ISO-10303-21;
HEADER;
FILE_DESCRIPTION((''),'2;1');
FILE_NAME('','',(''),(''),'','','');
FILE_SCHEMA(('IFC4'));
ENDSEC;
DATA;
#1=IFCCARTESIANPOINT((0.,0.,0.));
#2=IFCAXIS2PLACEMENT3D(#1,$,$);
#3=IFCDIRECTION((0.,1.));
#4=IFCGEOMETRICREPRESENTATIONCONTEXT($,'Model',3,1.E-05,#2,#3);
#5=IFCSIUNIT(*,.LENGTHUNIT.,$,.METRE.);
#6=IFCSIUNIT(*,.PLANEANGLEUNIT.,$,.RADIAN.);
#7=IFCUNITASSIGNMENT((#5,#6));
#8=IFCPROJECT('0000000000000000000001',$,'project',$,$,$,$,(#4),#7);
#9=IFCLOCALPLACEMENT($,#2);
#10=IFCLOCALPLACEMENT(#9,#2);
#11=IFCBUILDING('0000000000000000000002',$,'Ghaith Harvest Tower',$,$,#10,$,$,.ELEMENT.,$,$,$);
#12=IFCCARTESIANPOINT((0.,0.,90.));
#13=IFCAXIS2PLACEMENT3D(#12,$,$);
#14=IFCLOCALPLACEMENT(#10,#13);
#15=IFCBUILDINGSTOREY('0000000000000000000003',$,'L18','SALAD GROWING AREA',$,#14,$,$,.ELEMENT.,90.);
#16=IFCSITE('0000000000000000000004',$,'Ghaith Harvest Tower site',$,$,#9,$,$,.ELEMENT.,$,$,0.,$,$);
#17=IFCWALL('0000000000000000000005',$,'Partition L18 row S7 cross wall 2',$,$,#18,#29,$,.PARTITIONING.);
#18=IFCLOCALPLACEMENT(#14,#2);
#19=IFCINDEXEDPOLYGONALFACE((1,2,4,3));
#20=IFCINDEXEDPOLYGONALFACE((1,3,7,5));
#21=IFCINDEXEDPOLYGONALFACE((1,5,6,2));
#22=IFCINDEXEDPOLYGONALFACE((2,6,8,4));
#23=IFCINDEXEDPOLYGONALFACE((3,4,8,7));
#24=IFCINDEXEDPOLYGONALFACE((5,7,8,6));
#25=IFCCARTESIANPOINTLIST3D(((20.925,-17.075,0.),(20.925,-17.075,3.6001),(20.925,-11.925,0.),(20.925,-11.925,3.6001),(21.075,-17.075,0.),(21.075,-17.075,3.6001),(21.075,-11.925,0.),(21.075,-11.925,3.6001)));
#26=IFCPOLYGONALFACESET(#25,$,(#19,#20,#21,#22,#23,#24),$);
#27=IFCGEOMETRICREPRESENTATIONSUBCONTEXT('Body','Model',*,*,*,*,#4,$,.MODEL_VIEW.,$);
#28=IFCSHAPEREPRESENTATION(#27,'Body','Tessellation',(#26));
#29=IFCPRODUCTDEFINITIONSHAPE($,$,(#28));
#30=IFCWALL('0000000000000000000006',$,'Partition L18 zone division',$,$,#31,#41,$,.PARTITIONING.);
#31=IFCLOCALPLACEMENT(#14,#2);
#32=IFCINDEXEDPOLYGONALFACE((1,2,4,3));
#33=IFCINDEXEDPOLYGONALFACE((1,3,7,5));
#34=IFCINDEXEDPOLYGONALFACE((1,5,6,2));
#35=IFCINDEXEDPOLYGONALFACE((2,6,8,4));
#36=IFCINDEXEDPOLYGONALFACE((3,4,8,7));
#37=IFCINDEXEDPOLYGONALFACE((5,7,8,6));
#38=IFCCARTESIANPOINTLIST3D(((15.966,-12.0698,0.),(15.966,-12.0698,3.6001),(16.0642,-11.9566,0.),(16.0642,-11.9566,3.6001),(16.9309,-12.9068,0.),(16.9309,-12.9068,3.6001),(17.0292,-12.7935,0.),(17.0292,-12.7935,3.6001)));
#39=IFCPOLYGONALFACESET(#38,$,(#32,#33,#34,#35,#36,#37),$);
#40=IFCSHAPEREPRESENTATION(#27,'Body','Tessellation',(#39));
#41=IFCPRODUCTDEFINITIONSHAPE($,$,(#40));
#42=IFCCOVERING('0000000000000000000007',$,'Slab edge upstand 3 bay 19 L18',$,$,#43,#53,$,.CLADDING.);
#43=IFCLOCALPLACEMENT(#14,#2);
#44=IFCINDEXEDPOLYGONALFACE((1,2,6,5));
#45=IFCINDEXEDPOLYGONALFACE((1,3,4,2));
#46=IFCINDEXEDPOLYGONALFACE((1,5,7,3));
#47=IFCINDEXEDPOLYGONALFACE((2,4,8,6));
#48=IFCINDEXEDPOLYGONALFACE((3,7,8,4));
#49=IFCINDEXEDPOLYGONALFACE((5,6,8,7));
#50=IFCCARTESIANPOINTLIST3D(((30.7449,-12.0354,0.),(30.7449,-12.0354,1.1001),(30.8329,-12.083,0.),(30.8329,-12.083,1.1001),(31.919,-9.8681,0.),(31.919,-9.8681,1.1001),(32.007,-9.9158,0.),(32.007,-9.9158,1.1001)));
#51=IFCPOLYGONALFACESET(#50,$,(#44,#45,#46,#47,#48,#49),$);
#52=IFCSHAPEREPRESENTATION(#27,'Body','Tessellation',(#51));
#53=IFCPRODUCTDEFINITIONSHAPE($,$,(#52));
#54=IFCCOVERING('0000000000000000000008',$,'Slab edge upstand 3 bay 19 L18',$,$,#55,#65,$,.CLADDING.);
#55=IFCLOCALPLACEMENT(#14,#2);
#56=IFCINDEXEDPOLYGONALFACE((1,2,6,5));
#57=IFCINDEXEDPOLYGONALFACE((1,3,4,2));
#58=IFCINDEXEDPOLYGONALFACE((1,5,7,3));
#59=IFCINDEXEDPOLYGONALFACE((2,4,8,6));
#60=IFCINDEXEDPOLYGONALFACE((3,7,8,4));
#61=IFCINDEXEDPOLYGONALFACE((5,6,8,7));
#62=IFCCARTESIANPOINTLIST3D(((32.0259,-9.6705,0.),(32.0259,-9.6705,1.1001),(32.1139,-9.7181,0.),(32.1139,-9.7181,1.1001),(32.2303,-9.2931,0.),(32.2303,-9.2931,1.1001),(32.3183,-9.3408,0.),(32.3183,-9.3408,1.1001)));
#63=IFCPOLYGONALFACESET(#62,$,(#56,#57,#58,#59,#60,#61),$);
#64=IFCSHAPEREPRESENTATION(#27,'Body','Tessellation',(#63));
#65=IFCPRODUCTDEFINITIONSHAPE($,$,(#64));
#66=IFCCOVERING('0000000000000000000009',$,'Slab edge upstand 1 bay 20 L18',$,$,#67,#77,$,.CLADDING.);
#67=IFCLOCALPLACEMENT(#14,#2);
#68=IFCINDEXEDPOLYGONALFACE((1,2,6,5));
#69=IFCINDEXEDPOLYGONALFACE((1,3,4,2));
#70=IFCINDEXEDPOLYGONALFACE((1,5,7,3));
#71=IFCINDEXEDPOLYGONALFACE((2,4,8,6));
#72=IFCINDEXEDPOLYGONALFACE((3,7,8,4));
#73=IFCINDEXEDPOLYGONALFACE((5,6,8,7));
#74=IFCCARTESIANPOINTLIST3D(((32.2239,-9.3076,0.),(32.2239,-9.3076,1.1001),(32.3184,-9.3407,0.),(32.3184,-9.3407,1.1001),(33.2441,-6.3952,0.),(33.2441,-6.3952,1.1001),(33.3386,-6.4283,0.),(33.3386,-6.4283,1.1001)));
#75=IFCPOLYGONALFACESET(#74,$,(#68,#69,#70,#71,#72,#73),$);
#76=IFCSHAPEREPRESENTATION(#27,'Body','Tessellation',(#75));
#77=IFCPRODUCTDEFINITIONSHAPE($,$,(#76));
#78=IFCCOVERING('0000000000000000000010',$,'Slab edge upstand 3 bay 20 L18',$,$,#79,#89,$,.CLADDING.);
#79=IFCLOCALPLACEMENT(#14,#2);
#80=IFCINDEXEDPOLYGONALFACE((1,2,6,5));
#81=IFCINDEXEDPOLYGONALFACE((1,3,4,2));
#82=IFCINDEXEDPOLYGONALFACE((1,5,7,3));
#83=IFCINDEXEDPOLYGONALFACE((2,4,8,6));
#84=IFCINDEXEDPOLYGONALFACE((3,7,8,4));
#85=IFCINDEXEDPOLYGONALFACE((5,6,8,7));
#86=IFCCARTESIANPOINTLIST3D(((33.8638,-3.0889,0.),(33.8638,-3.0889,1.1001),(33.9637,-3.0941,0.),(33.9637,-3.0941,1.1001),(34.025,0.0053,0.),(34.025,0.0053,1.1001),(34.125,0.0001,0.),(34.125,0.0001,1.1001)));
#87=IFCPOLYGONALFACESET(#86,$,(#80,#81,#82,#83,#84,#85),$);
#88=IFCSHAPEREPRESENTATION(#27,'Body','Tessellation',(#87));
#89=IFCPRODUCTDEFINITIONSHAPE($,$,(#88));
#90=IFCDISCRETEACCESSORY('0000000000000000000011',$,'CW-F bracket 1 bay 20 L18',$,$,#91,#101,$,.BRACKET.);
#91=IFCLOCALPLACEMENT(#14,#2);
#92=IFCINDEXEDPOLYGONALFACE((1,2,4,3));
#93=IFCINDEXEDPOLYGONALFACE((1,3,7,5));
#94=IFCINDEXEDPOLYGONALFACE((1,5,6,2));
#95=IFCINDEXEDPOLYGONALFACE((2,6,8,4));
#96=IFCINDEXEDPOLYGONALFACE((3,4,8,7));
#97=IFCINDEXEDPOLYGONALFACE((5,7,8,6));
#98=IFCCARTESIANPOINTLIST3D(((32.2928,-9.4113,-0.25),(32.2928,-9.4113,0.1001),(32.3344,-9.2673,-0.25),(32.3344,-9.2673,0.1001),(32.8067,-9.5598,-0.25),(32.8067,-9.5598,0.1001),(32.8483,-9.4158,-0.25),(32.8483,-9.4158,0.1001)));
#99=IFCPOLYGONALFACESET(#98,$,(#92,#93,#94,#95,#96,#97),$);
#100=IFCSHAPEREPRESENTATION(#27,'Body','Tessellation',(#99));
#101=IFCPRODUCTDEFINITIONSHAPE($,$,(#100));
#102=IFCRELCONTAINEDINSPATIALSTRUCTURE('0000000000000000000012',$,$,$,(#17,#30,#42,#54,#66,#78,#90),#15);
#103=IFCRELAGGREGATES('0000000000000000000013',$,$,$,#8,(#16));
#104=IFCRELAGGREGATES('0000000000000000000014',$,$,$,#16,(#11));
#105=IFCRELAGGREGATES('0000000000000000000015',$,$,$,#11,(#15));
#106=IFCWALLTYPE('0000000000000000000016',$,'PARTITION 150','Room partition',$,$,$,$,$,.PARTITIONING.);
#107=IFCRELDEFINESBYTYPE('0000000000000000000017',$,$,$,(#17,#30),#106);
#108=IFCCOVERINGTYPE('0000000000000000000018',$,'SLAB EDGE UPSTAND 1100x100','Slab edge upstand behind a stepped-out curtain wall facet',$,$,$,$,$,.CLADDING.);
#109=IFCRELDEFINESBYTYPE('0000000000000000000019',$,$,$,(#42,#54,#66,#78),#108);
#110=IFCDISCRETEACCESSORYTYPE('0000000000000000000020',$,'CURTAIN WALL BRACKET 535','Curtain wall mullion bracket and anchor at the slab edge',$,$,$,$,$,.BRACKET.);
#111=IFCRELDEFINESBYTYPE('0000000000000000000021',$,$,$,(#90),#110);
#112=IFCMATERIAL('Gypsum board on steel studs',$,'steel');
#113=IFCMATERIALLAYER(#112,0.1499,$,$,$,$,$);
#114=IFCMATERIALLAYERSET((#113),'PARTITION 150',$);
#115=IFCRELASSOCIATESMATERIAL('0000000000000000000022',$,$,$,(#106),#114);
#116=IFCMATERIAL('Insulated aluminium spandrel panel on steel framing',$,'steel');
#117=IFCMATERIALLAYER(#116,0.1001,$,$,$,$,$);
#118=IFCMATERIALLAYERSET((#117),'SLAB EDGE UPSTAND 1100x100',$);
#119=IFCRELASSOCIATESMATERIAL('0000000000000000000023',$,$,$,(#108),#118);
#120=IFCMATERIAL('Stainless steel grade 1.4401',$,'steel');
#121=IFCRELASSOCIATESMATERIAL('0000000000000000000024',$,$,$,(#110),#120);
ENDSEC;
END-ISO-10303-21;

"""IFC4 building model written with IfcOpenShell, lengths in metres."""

from ifc_helpers import new_model, si_unit, direction, frame, frame_2d, origin, origin_2d, place, context, subcontext, project, spatial, rectangle, extrude, material, layer, layer_set, type_object, element, save


model = new_model("IFC4")

# Units and contexts
model_context = context("Model", 3, precision=1e-05, world=origin(), true_north=direction((0.0, 1.0)))
body_context = subcontext(model_context, "Body", "Model", "MODEL_VIEW")
ifc_project = project(units=[si_unit("LENGTHUNIT", "METRE"), si_unit("PLANEANGLEUNIT", "RADIAN")], contexts=[model_context])

# Site, building, storey
site_placement = place(None, origin())
site = spatial("IfcSite", under=ifc_project, at=site_placement, Name="Ghaith Harvest Tower site", CompositionType="ELEMENT", RefElevation=0.0)
building_placement = place(site_placement, origin())
building = spatial("IfcBuilding", under=site, at=building_placement, Name="Ghaith Harvest Tower", CompositionType="ELEMENT")
storey_placement = place(building_placement, frame((0.0, 0.0, 90.0)))
storey = spatial("IfcBuildingStorey", under=building, at=storey_placement, Name="L18", Description="SALAD GROWING AREA", CompositionType="ELEMENT", Elevation=90.0)

# Shared definitions
ifc_material_1 = material(Name="Gypsum board on steel studs", Category="steel")
ifc_layer_1 = layer(ifc_material_1, 0.1499)
ifc_layer_set_1 = layer_set([ifc_layer_1], Name="PARTITION 150")
wall_type = type_object("IfcWallType", Name="PARTITION 150", Description="Room partition", PredefinedType="PARTITIONING", material=ifc_layer_set_1)

# Wall
for number, where, z_axis, x_axis, name in (
    (1, (21.0, -11.925, 0.0), (0.0, 0.0, 1.0), (0.0, -1.0, 0.0), "Partition L18 row S7 cross wall 2"),
):
    element("IfcWall", number, at=place(storey_placement, frame(where, z_axis=z_axis, x_axis=x_axis)), inside=storey, type_object=wall_type, Name=name, PredefinedType="PARTITIONING", context=body_context, shape_type="SweptSolid", body=[
        extrude(rectangle(XDim=5.1499, YDim=0.1499, at=frame_2d((2.575, 0.0))), origin(), (0.0, 0.0, 1.0), 3.6001),
    ])

# Wall
wall_1_placement = place(storey_placement, frame((16.0151, -12.0132, 0.0), z_axis=(0.0, 0.0, 1.0), x_axis=(0.755412, -0.655251, 0.0)))
element("IfcWall", 2, at=wall_1_placement, inside=storey, type_object=wall_type, Name="Partition L18 zone division", PredefinedType="PARTITIONING", context=body_context, shape_type="SweptSolid", body=[
    extrude(rectangle(XDim=1.2773, YDim=0.1499, at=frame_2d((0.6387, 0.0))), origin(), (0.0, 0.0, 1.0), 3.6001),
])

# Coverings
ifc_material_2 = material(Name="Insulated aluminium spandrel panel on steel framing", Category="steel")
ifc_layer_2 = layer(ifc_material_2, 0.1001)
ifc_layer_set_2 = layer_set([ifc_layer_2], Name="SLAB EDGE UPSTAND 1100x100")
covering_type = type_object("IfcCoveringType", Name="SLAB EDGE UPSTAND 1100x100", Description="Slab edge upstand behind a stepped-out curtain wall facet", PredefinedType="CLADDING", material=ifc_layer_set_2)
covering_1_placement = place(storey_placement, frame((31.376, -10.9756, 0.0), z_axis=(0.0, 0.0, 1.0), x_axis=(0.476349, 0.879256, 0.0)))
element("IfcCovering", 3, at=covering_1_placement, inside=storey, type_object=covering_type, Name="Slab edge upstand 3 bay 19 L18", PredefinedType="CLADDING", context=body_context, shape_type="SweptSolid", body=[
    extrude(rectangle(XDim=2.4648, YDim=0.1001, at=origin_2d()), origin(), (0.0, 0.0, 1.0), 1.1001),
])
covering_2_placement = place(storey_placement, frame((32.1721, -9.5056, 0.0), z_axis=(0.0, 0.0, 1.0), x_axis=(0.476349, 0.879256, 0.0)))
element("IfcCovering", 4, at=covering_2_placement, inside=storey, type_object=covering_type, Name="Slab edge upstand 3 bay 19 L18", PredefinedType="CLADDING", context=body_context, shape_type="SweptSolid", body=[
    extrude(rectangle(XDim=0.4292, YDim=0.1001, at=origin_2d()), origin(), (0.0, 0.0, 1.0), 1.1001),
])
covering_3_placement = place(storey_placement, frame((32.7812, -7.8679, 0.0), z_axis=(0.0, 0.0, 1.0), x_axis=(0.330598, 0.943772, 0.0)))
element("IfcCovering", 5, at=covering_3_placement, inside=storey, type_object=covering_type, Name="Slab edge upstand 1 bay 20 L18", PredefinedType="CLADDING", context=body_context, shape_type="SweptSolid", body=[
    extrude(rectangle(XDim=3.0859, YDim=0.1001, at=origin_2d()), origin(), (0.0, 0.0, 1.0), 1.1001),
])
covering_4_placement = place(storey_placement, frame((33.9944, -1.5444, 0.0), z_axis=(0.0, 0.0, 1.0), x_axis=(0.052049, 0.998645, 0.0)))
element("IfcCovering", 6, at=covering_4_placement, inside=storey, type_object=covering_type, Name="Slab edge upstand 3 bay 20 L18", PredefinedType="CLADDING", context=body_context, shape_type="SweptSolid", body=[
    extrude(rectangle(XDim=3.0984, YDim=0.1001, at=origin_2d()), origin(), (0.0, 0.0, 1.0), 1.1001),
])

# Discrete accessory
ifc_material_3 = material(Name="Stainless steel grade 1.4401", Category="steel")
discrete_accessory_type = type_object("IfcDiscreteAccessoryType", Name="CURTAIN WALL BRACKET 535", Description="Curtain wall mullion bracket and anchor at the slab edge", PredefinedType="BRACKET", material=ifc_material_3)
discrete_accessory_placement = place(storey_placement, frame((32.5706, -9.4136, -0.25), z_axis=(0.0, 0.0, 1.0), x_axis=(0.96068, -0.277657, 0.0)))
element("IfcDiscreteAccessory", 7, at=discrete_accessory_placement, inside=storey, type_object=discrete_accessory_type, Name="CW-F bracket 1 bay 20 L18", PredefinedType="BRACKET", context=body_context, shape_type="SweptSolid", body=[
    extrude(rectangle(XDim=0.5349, YDim=0.1499, at=origin_2d()), origin(), (0.0, 0.0, 1.0), 0.3501),
])

save(model, "model.ifc")
